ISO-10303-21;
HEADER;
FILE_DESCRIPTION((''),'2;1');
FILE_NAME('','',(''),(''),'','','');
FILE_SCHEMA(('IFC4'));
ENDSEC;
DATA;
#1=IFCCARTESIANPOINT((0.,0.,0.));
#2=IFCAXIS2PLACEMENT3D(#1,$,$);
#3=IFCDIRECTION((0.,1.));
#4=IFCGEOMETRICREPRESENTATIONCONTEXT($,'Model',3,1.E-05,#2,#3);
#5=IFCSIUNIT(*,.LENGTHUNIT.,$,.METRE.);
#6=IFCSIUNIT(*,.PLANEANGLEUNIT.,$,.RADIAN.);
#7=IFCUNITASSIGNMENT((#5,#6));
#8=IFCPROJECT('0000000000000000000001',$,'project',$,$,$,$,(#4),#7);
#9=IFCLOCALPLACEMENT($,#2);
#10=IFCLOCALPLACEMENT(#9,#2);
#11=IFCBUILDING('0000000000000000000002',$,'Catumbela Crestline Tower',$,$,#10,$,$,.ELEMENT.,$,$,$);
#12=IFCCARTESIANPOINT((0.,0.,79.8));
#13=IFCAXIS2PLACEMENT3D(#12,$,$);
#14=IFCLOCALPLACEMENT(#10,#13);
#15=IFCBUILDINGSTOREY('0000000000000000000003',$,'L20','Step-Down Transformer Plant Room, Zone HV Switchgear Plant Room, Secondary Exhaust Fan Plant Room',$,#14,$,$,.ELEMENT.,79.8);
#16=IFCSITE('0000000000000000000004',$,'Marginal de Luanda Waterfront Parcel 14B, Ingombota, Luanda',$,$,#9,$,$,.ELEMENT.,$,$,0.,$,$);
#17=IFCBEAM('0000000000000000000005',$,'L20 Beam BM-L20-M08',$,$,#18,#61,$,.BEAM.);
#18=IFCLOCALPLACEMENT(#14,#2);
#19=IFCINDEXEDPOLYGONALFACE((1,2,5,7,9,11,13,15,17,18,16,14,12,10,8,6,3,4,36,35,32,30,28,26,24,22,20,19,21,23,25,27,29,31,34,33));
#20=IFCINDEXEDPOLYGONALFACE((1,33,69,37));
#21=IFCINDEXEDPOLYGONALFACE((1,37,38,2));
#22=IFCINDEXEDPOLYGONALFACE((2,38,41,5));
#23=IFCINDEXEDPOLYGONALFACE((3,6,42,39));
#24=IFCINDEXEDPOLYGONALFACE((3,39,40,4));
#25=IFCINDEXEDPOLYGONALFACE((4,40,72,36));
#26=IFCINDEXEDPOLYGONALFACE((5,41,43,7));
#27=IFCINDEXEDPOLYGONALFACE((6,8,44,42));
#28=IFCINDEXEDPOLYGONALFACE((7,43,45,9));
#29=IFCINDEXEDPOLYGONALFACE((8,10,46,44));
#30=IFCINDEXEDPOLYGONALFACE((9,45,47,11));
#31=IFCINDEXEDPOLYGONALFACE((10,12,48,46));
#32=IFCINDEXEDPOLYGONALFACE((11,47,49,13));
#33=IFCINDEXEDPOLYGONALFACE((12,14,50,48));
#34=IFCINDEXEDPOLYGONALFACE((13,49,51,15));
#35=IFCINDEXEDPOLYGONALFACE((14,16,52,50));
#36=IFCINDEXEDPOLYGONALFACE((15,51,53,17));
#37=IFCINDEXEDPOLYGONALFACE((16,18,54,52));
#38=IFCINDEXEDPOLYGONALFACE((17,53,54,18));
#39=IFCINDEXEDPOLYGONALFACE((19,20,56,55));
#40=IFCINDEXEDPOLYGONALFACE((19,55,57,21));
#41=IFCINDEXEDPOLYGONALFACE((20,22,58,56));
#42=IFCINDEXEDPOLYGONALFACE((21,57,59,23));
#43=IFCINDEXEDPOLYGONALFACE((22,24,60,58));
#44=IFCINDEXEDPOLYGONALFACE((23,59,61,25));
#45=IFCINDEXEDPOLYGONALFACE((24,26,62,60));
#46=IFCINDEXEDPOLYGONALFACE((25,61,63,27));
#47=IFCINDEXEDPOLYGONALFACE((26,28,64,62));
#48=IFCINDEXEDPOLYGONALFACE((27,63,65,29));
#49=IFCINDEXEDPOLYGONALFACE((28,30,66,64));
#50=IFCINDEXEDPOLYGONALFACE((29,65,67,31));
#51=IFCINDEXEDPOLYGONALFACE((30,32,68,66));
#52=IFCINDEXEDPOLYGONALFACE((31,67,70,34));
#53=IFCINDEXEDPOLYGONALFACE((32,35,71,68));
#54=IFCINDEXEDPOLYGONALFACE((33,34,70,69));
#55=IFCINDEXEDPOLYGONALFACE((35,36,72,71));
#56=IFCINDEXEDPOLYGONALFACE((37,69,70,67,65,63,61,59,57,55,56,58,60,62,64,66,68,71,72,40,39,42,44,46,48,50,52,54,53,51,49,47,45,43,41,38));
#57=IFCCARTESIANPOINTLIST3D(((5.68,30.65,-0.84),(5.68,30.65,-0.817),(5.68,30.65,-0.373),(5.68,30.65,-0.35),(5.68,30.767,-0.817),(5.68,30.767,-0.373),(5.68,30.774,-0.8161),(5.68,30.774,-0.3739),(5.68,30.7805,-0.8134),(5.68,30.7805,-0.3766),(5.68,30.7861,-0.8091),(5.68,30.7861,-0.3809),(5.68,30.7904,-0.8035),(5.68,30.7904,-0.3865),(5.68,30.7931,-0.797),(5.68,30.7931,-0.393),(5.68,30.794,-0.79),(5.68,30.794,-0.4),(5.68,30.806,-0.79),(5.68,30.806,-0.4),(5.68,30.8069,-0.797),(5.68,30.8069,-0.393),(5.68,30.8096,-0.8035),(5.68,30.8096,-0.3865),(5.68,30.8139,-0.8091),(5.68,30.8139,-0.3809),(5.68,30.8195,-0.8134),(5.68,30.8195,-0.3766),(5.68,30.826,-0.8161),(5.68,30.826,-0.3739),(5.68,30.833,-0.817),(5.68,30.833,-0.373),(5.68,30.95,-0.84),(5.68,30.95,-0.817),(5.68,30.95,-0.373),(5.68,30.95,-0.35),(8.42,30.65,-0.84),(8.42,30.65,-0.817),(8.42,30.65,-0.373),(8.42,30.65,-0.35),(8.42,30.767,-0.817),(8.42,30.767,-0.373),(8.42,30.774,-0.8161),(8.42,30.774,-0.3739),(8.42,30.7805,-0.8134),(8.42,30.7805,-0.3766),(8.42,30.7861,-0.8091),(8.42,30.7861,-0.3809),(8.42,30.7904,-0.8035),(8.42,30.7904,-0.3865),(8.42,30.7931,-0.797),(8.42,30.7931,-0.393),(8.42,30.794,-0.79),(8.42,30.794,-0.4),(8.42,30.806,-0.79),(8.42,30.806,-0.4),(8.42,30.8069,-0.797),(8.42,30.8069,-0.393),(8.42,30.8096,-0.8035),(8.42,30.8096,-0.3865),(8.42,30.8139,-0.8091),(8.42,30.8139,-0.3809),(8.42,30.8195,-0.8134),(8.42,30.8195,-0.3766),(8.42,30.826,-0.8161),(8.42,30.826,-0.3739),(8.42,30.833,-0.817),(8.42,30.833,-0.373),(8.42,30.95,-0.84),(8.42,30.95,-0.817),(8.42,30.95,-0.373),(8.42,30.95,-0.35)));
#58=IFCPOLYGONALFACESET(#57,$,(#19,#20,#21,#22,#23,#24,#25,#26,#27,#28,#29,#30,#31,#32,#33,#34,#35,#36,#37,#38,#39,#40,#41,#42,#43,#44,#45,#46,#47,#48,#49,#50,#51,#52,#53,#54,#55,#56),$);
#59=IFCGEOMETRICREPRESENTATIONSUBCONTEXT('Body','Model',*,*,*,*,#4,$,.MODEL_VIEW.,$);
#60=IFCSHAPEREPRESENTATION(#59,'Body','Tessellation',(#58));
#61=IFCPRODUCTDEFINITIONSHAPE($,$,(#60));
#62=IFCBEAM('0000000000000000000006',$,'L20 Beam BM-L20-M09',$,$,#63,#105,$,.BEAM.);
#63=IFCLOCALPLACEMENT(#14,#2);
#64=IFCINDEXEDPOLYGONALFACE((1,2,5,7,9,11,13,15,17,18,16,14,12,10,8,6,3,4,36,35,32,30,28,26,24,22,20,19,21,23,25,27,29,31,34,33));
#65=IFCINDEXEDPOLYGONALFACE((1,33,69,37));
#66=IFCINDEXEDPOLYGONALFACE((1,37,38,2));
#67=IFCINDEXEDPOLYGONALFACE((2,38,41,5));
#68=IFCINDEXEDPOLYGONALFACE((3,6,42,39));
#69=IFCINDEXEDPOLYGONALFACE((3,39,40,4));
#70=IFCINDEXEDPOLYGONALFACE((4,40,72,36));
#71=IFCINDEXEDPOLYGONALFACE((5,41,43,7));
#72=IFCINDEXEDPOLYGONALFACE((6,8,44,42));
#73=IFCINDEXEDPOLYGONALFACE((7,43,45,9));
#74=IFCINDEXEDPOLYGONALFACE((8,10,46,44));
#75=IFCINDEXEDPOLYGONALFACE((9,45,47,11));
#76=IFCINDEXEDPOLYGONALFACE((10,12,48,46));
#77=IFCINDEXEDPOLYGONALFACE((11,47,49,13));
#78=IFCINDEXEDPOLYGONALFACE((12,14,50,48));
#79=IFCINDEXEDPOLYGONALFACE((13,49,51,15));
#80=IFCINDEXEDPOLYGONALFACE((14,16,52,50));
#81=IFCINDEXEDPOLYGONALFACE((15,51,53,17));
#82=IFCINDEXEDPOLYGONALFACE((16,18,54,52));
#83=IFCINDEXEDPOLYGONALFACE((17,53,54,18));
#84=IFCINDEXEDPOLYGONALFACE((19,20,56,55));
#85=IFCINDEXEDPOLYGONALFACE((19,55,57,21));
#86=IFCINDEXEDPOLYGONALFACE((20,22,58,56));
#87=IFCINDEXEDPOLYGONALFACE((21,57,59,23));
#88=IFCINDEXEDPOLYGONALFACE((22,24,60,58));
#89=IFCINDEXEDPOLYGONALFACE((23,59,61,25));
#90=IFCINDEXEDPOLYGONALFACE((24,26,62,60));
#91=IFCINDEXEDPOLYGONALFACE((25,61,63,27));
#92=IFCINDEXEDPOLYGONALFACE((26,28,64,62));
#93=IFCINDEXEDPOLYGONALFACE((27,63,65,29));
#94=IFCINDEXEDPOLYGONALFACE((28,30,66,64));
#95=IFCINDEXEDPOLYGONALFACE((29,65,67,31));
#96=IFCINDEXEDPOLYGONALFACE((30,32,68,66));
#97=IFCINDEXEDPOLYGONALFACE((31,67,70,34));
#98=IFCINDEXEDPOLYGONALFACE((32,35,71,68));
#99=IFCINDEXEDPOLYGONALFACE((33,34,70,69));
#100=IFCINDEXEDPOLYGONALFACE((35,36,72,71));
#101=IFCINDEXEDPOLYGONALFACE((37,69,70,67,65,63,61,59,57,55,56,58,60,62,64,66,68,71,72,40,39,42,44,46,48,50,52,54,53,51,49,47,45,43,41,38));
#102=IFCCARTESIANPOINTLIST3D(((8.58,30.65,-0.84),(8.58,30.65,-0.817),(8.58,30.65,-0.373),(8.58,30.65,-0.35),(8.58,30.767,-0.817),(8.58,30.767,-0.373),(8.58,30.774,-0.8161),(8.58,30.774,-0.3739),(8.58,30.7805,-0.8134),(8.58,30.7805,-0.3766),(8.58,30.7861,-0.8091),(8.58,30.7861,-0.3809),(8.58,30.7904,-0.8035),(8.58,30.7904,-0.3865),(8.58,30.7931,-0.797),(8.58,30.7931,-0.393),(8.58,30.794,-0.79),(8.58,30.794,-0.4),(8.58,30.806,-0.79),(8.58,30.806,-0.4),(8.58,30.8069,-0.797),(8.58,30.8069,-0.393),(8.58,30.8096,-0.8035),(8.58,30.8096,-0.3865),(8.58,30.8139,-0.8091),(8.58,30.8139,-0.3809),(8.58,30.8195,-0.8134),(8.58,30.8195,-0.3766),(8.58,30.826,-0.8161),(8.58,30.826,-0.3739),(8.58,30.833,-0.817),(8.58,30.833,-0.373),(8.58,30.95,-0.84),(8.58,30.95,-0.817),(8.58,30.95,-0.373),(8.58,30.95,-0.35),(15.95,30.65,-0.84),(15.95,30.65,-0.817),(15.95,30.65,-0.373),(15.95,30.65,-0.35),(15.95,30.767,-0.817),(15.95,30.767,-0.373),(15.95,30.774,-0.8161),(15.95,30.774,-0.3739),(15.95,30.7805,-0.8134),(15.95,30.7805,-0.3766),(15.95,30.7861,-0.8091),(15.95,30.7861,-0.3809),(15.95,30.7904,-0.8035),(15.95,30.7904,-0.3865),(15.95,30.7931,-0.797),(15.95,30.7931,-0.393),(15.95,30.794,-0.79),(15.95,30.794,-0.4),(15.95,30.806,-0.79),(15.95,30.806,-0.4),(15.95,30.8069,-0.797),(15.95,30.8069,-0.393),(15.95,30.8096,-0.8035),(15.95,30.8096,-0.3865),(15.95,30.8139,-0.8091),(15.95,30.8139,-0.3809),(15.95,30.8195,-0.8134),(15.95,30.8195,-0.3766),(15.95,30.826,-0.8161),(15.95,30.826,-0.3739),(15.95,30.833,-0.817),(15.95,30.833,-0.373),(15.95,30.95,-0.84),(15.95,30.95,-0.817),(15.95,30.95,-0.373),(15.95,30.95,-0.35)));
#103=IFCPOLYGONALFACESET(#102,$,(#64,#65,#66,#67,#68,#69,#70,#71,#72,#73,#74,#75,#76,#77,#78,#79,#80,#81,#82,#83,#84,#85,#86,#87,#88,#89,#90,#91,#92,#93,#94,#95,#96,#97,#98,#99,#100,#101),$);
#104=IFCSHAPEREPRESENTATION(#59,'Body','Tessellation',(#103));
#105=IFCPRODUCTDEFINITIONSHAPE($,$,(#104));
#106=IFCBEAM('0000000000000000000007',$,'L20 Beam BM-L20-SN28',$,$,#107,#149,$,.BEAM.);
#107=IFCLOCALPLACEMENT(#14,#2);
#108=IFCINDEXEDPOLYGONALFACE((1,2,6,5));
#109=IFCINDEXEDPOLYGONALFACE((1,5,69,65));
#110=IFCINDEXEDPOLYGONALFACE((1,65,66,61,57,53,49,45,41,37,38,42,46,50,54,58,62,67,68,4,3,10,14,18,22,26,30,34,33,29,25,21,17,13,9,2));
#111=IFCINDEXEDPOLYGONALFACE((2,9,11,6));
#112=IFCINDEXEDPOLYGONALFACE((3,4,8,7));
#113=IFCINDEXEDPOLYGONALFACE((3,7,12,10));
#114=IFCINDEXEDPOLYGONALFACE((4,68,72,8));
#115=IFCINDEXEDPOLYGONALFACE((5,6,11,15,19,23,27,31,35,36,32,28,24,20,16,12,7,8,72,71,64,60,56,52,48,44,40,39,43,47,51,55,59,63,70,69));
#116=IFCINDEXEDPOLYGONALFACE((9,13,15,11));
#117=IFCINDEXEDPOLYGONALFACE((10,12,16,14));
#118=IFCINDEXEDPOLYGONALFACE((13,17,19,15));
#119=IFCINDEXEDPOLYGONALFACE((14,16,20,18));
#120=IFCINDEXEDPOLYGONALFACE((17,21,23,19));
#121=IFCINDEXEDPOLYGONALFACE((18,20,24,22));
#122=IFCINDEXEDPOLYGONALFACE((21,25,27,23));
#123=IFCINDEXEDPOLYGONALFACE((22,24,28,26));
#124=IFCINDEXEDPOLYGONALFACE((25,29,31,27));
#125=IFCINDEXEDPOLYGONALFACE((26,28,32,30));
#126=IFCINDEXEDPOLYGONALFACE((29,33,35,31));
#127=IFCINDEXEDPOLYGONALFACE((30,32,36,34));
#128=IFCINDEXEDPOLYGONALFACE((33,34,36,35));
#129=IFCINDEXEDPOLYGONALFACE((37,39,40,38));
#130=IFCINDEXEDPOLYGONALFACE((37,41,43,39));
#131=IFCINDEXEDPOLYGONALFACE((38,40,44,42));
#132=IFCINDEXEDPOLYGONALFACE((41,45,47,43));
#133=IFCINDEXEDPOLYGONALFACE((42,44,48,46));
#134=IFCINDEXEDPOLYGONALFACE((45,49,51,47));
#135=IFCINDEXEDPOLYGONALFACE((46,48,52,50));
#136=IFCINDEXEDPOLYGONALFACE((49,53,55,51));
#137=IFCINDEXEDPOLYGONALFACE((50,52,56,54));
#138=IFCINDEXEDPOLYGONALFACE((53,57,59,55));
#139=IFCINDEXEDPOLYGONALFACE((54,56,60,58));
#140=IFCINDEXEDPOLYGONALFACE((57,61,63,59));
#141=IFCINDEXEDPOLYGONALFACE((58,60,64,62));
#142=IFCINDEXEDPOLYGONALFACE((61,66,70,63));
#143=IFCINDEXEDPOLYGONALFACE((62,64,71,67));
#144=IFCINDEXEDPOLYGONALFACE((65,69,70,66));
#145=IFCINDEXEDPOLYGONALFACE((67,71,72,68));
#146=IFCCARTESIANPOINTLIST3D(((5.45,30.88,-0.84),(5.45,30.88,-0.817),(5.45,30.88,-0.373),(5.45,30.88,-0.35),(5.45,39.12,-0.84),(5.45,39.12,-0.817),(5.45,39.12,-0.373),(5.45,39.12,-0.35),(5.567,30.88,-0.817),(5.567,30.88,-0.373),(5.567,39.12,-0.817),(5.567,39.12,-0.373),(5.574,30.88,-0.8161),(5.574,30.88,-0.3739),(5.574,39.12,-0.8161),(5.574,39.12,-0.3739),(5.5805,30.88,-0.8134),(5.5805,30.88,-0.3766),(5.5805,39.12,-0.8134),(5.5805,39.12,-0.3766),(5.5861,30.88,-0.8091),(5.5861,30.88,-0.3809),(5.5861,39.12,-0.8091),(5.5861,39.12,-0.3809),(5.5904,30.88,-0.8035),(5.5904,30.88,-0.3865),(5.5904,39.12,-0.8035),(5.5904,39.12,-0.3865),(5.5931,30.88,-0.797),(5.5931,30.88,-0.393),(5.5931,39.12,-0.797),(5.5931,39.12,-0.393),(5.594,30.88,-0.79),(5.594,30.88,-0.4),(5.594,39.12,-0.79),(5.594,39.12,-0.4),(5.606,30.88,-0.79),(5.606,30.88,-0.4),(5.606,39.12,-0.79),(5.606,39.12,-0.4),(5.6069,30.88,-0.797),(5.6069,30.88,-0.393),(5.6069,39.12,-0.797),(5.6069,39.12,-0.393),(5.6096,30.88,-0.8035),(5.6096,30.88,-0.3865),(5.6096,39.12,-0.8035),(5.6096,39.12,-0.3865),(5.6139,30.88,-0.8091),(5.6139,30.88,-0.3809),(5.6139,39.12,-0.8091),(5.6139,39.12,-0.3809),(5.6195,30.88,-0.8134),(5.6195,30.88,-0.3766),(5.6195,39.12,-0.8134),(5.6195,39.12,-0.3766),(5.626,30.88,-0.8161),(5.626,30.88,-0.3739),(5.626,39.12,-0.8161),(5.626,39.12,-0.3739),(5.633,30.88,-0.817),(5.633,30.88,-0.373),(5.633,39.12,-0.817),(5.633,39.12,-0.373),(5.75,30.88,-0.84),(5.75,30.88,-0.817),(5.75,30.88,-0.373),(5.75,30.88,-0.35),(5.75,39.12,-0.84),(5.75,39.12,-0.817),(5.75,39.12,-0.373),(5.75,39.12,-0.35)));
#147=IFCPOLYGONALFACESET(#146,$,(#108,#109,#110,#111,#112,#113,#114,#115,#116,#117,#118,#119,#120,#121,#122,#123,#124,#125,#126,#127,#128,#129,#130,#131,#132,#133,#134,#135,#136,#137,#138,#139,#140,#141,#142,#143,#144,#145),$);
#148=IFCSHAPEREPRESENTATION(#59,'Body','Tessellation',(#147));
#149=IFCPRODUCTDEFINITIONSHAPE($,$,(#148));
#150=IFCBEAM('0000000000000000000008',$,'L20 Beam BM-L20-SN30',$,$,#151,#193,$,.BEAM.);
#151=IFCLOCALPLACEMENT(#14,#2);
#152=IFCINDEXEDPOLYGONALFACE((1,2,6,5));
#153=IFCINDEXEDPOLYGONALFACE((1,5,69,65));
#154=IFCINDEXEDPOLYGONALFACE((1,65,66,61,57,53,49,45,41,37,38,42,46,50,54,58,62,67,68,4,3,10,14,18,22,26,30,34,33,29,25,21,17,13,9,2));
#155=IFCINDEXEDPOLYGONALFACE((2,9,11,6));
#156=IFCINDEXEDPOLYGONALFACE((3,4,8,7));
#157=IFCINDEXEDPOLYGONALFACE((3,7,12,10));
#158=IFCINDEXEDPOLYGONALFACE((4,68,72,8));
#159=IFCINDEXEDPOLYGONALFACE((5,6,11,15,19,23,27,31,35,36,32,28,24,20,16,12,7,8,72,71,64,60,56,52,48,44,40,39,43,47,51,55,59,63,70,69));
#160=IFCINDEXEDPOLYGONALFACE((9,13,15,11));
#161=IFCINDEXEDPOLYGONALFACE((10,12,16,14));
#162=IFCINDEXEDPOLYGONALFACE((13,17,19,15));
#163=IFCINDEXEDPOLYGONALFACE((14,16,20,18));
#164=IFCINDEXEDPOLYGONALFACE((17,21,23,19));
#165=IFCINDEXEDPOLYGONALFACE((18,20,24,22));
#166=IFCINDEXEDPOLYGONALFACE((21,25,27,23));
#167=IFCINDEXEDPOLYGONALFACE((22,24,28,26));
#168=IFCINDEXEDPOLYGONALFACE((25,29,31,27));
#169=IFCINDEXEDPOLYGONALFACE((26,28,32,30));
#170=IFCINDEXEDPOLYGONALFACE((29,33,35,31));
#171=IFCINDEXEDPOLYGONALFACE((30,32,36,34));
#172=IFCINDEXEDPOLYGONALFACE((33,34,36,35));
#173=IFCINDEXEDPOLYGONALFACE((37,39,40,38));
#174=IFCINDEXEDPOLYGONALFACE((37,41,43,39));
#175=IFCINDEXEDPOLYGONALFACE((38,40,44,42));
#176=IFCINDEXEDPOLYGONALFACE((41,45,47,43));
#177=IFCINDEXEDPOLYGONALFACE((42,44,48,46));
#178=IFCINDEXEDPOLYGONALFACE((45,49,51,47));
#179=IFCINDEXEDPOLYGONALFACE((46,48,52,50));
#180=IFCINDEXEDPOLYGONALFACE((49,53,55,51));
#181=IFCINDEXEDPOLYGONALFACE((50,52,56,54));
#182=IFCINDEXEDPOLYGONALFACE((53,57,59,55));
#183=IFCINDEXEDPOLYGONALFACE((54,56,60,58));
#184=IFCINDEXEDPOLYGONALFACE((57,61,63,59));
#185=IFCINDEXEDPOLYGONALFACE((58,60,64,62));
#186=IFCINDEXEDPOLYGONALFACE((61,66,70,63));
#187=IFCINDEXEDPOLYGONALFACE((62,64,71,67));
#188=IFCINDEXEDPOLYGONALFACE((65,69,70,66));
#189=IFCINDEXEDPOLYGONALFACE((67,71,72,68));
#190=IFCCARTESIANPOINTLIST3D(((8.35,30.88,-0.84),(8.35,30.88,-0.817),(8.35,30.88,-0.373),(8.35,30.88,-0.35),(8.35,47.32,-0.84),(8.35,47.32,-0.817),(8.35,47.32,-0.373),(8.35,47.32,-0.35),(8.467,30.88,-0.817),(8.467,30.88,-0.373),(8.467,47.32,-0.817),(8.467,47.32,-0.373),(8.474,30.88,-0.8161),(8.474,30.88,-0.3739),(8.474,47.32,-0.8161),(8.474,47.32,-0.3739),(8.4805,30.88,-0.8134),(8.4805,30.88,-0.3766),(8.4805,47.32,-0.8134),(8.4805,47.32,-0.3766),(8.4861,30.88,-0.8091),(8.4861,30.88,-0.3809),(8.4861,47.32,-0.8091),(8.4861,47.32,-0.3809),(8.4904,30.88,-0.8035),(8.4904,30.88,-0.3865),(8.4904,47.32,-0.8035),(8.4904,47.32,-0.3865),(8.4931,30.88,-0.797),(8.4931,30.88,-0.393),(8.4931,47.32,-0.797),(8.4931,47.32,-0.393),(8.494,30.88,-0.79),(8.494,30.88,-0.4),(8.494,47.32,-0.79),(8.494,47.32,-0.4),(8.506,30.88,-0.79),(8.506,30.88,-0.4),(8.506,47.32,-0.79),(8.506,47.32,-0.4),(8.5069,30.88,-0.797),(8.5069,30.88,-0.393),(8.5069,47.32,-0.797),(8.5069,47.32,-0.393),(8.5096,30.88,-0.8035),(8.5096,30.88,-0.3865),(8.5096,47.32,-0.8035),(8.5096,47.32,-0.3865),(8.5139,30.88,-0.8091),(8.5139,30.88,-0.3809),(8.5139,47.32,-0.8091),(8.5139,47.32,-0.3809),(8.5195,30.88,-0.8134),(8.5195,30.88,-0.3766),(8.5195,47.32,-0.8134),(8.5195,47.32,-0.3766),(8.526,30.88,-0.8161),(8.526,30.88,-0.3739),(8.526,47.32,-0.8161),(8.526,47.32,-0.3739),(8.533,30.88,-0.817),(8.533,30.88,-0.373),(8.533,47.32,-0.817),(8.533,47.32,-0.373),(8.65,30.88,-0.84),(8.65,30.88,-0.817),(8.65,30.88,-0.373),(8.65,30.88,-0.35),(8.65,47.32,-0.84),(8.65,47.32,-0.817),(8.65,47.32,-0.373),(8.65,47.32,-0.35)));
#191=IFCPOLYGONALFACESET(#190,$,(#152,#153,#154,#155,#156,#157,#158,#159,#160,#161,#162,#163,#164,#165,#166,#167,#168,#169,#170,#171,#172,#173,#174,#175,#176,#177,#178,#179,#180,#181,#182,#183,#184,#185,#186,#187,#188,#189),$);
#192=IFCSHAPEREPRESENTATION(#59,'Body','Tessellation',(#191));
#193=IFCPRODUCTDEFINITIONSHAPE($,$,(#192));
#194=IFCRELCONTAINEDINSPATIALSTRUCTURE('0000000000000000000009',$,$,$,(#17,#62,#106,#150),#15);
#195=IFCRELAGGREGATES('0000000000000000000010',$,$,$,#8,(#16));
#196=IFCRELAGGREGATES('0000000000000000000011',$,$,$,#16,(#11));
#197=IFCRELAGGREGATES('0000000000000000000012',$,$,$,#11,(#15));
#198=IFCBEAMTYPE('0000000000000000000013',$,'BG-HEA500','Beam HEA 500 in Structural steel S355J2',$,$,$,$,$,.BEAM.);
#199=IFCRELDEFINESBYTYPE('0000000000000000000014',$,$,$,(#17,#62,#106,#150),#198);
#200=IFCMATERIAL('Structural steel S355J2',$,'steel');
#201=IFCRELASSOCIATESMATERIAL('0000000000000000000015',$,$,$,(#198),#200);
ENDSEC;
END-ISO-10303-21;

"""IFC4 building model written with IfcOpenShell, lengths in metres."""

from ifc_helpers import new_model, si_unit, direction, frame, origin, origin_2d, place, context, subcontext, project, spatial, i_section, extrude, material, material_profile, profile_set, type_object, element, save


model = new_model("IFC4")

# Units and contexts
model_context = context("Model", 3, precision=1e-05, world=origin(), true_north=direction((0.0, 1.0)))
body_context = subcontext(model_context, "Body", "Model", "MODEL_VIEW")
ifc_project = project(units=[si_unit("LENGTHUNIT", "METRE"), si_unit("PLANEANGLEUNIT", "RADIAN")], contexts=[model_context])

# Site, building, storey
site_placement = place(None, origin())
site = spatial("IfcSite", under=ifc_project, at=site_placement, Name="Marginal de Luanda Waterfront Parcel 14B, Ingombota, Luanda", CompositionType="ELEMENT", RefElevation=0.0)
building_placement = place(site_placement, origin())
building = spatial("IfcBuilding", under=site, at=building_placement, Name="Catumbela Crestline Tower", CompositionType="ELEMENT")
storey_placement = place(building_placement, frame((0.0, 0.0, 79.8)))
storey = spatial("IfcBuildingStorey", under=building, at=storey_placement, Name="L20", Description="Step-Down Transformer Plant Room, Zone HV Switchgear Plant Room, Secondary Exhaust Fan Plant Room", CompositionType="ELEMENT", Elevation=79.8)

# Beams
ifc_material_1 = material(Name="Structural steel S355J2", Category="steel")
ifc_material_profile_1 = material_profile(ifc_material_1, i_section(OverallWidth=0.3, OverallDepth=0.49, WebThickness=0.012, FlangeThickness=0.023, FilletRadius=0.027, at=origin_2d()), Name="HEA 500")
ifc_profile_set_1 = profile_set([ifc_material_profile_1], Name="Structural steel S355J2")
beam_type_1 = type_object("IfcBeamType", Name="BG-HEA500", Description="Beam HEA 500 in Structural steel S355J2", PredefinedType="BEAM", material=ifc_profile_set_1)
beam_1_placement = place(storey_placement, frame((5.68, 30.8, -0.595), z_axis=(1.0, 0.0, 0.0), x_axis=(0.0, 1.0, 0.0)))
element("IfcBeam", 1, at=beam_1_placement, inside=storey, type_object=beam_type_1, Name="L20 Beam BM-L20-M08", PredefinedType="BEAM", context=body_context, shape_type="SweptSolid", body=[
    extrude(i_section(OverallWidth=0.3, OverallDepth=0.49, WebThickness=0.012, FlangeThickness=0.023, FilletRadius=0.027, at=origin_2d()), origin(), (0.0, 0.0, 1.0), 2.74),
])
beam_2_placement = place(storey_placement, frame((8.58, 30.8, -0.595), z_axis=(1.0, 0.0, 0.0), x_axis=(0.0, 1.0, 0.0)))
element("IfcBeam", 2, at=beam_2_placement, inside=storey, type_object=beam_type_1, Name="L20 Beam BM-L20-M09", PredefinedType="BEAM", context=body_context, shape_type="SweptSolid", body=[
    extrude(i_section(OverallWidth=0.3, OverallDepth=0.49, WebThickness=0.012, FlangeThickness=0.023, FilletRadius=0.027, at=origin_2d()), origin(), (0.0, 0.0, 1.0), 7.37),
])
beam_3_placement = place(storey_placement, frame((5.6, 30.88, -0.595), z_axis=(0.0, 1.0, 0.0), x_axis=(-1.0, 0.0, 0.0)))
element("IfcBeam", 3, at=beam_3_placement, inside=storey, type_object=beam_type_1, Name="L20 Beam BM-L20-SN28", PredefinedType="BEAM", context=body_context, shape_type="SweptSolid", body=[
    extrude(i_section(OverallWidth=0.3, OverallDepth=0.49, WebThickness=0.012, FlangeThickness=0.023, FilletRadius=0.027, at=origin_2d()), origin(), (0.0, 0.0, 1.0), 8.24),
])
beam_4_placement = place(storey_placement, frame((8.5, 30.88, -0.595), z_axis=(0.0, 1.0, 0.0), x_axis=(-1.0, 0.0, 0.0)))
element("IfcBeam", 4, at=beam_4_placement, inside=storey, type_object=beam_type_1, Name="L20 Beam BM-L20-SN30", PredefinedType="BEAM", context=body_context, shape_type="SweptSolid", body=[
    extrude(i_section(OverallWidth=0.3, OverallDepth=0.49, WebThickness=0.012, FlangeThickness=0.023, FilletRadius=0.027, at=origin_2d()), origin(), (0.0, 0.0, 1.0), 16.44),
])

save(model, "model.ifc")
